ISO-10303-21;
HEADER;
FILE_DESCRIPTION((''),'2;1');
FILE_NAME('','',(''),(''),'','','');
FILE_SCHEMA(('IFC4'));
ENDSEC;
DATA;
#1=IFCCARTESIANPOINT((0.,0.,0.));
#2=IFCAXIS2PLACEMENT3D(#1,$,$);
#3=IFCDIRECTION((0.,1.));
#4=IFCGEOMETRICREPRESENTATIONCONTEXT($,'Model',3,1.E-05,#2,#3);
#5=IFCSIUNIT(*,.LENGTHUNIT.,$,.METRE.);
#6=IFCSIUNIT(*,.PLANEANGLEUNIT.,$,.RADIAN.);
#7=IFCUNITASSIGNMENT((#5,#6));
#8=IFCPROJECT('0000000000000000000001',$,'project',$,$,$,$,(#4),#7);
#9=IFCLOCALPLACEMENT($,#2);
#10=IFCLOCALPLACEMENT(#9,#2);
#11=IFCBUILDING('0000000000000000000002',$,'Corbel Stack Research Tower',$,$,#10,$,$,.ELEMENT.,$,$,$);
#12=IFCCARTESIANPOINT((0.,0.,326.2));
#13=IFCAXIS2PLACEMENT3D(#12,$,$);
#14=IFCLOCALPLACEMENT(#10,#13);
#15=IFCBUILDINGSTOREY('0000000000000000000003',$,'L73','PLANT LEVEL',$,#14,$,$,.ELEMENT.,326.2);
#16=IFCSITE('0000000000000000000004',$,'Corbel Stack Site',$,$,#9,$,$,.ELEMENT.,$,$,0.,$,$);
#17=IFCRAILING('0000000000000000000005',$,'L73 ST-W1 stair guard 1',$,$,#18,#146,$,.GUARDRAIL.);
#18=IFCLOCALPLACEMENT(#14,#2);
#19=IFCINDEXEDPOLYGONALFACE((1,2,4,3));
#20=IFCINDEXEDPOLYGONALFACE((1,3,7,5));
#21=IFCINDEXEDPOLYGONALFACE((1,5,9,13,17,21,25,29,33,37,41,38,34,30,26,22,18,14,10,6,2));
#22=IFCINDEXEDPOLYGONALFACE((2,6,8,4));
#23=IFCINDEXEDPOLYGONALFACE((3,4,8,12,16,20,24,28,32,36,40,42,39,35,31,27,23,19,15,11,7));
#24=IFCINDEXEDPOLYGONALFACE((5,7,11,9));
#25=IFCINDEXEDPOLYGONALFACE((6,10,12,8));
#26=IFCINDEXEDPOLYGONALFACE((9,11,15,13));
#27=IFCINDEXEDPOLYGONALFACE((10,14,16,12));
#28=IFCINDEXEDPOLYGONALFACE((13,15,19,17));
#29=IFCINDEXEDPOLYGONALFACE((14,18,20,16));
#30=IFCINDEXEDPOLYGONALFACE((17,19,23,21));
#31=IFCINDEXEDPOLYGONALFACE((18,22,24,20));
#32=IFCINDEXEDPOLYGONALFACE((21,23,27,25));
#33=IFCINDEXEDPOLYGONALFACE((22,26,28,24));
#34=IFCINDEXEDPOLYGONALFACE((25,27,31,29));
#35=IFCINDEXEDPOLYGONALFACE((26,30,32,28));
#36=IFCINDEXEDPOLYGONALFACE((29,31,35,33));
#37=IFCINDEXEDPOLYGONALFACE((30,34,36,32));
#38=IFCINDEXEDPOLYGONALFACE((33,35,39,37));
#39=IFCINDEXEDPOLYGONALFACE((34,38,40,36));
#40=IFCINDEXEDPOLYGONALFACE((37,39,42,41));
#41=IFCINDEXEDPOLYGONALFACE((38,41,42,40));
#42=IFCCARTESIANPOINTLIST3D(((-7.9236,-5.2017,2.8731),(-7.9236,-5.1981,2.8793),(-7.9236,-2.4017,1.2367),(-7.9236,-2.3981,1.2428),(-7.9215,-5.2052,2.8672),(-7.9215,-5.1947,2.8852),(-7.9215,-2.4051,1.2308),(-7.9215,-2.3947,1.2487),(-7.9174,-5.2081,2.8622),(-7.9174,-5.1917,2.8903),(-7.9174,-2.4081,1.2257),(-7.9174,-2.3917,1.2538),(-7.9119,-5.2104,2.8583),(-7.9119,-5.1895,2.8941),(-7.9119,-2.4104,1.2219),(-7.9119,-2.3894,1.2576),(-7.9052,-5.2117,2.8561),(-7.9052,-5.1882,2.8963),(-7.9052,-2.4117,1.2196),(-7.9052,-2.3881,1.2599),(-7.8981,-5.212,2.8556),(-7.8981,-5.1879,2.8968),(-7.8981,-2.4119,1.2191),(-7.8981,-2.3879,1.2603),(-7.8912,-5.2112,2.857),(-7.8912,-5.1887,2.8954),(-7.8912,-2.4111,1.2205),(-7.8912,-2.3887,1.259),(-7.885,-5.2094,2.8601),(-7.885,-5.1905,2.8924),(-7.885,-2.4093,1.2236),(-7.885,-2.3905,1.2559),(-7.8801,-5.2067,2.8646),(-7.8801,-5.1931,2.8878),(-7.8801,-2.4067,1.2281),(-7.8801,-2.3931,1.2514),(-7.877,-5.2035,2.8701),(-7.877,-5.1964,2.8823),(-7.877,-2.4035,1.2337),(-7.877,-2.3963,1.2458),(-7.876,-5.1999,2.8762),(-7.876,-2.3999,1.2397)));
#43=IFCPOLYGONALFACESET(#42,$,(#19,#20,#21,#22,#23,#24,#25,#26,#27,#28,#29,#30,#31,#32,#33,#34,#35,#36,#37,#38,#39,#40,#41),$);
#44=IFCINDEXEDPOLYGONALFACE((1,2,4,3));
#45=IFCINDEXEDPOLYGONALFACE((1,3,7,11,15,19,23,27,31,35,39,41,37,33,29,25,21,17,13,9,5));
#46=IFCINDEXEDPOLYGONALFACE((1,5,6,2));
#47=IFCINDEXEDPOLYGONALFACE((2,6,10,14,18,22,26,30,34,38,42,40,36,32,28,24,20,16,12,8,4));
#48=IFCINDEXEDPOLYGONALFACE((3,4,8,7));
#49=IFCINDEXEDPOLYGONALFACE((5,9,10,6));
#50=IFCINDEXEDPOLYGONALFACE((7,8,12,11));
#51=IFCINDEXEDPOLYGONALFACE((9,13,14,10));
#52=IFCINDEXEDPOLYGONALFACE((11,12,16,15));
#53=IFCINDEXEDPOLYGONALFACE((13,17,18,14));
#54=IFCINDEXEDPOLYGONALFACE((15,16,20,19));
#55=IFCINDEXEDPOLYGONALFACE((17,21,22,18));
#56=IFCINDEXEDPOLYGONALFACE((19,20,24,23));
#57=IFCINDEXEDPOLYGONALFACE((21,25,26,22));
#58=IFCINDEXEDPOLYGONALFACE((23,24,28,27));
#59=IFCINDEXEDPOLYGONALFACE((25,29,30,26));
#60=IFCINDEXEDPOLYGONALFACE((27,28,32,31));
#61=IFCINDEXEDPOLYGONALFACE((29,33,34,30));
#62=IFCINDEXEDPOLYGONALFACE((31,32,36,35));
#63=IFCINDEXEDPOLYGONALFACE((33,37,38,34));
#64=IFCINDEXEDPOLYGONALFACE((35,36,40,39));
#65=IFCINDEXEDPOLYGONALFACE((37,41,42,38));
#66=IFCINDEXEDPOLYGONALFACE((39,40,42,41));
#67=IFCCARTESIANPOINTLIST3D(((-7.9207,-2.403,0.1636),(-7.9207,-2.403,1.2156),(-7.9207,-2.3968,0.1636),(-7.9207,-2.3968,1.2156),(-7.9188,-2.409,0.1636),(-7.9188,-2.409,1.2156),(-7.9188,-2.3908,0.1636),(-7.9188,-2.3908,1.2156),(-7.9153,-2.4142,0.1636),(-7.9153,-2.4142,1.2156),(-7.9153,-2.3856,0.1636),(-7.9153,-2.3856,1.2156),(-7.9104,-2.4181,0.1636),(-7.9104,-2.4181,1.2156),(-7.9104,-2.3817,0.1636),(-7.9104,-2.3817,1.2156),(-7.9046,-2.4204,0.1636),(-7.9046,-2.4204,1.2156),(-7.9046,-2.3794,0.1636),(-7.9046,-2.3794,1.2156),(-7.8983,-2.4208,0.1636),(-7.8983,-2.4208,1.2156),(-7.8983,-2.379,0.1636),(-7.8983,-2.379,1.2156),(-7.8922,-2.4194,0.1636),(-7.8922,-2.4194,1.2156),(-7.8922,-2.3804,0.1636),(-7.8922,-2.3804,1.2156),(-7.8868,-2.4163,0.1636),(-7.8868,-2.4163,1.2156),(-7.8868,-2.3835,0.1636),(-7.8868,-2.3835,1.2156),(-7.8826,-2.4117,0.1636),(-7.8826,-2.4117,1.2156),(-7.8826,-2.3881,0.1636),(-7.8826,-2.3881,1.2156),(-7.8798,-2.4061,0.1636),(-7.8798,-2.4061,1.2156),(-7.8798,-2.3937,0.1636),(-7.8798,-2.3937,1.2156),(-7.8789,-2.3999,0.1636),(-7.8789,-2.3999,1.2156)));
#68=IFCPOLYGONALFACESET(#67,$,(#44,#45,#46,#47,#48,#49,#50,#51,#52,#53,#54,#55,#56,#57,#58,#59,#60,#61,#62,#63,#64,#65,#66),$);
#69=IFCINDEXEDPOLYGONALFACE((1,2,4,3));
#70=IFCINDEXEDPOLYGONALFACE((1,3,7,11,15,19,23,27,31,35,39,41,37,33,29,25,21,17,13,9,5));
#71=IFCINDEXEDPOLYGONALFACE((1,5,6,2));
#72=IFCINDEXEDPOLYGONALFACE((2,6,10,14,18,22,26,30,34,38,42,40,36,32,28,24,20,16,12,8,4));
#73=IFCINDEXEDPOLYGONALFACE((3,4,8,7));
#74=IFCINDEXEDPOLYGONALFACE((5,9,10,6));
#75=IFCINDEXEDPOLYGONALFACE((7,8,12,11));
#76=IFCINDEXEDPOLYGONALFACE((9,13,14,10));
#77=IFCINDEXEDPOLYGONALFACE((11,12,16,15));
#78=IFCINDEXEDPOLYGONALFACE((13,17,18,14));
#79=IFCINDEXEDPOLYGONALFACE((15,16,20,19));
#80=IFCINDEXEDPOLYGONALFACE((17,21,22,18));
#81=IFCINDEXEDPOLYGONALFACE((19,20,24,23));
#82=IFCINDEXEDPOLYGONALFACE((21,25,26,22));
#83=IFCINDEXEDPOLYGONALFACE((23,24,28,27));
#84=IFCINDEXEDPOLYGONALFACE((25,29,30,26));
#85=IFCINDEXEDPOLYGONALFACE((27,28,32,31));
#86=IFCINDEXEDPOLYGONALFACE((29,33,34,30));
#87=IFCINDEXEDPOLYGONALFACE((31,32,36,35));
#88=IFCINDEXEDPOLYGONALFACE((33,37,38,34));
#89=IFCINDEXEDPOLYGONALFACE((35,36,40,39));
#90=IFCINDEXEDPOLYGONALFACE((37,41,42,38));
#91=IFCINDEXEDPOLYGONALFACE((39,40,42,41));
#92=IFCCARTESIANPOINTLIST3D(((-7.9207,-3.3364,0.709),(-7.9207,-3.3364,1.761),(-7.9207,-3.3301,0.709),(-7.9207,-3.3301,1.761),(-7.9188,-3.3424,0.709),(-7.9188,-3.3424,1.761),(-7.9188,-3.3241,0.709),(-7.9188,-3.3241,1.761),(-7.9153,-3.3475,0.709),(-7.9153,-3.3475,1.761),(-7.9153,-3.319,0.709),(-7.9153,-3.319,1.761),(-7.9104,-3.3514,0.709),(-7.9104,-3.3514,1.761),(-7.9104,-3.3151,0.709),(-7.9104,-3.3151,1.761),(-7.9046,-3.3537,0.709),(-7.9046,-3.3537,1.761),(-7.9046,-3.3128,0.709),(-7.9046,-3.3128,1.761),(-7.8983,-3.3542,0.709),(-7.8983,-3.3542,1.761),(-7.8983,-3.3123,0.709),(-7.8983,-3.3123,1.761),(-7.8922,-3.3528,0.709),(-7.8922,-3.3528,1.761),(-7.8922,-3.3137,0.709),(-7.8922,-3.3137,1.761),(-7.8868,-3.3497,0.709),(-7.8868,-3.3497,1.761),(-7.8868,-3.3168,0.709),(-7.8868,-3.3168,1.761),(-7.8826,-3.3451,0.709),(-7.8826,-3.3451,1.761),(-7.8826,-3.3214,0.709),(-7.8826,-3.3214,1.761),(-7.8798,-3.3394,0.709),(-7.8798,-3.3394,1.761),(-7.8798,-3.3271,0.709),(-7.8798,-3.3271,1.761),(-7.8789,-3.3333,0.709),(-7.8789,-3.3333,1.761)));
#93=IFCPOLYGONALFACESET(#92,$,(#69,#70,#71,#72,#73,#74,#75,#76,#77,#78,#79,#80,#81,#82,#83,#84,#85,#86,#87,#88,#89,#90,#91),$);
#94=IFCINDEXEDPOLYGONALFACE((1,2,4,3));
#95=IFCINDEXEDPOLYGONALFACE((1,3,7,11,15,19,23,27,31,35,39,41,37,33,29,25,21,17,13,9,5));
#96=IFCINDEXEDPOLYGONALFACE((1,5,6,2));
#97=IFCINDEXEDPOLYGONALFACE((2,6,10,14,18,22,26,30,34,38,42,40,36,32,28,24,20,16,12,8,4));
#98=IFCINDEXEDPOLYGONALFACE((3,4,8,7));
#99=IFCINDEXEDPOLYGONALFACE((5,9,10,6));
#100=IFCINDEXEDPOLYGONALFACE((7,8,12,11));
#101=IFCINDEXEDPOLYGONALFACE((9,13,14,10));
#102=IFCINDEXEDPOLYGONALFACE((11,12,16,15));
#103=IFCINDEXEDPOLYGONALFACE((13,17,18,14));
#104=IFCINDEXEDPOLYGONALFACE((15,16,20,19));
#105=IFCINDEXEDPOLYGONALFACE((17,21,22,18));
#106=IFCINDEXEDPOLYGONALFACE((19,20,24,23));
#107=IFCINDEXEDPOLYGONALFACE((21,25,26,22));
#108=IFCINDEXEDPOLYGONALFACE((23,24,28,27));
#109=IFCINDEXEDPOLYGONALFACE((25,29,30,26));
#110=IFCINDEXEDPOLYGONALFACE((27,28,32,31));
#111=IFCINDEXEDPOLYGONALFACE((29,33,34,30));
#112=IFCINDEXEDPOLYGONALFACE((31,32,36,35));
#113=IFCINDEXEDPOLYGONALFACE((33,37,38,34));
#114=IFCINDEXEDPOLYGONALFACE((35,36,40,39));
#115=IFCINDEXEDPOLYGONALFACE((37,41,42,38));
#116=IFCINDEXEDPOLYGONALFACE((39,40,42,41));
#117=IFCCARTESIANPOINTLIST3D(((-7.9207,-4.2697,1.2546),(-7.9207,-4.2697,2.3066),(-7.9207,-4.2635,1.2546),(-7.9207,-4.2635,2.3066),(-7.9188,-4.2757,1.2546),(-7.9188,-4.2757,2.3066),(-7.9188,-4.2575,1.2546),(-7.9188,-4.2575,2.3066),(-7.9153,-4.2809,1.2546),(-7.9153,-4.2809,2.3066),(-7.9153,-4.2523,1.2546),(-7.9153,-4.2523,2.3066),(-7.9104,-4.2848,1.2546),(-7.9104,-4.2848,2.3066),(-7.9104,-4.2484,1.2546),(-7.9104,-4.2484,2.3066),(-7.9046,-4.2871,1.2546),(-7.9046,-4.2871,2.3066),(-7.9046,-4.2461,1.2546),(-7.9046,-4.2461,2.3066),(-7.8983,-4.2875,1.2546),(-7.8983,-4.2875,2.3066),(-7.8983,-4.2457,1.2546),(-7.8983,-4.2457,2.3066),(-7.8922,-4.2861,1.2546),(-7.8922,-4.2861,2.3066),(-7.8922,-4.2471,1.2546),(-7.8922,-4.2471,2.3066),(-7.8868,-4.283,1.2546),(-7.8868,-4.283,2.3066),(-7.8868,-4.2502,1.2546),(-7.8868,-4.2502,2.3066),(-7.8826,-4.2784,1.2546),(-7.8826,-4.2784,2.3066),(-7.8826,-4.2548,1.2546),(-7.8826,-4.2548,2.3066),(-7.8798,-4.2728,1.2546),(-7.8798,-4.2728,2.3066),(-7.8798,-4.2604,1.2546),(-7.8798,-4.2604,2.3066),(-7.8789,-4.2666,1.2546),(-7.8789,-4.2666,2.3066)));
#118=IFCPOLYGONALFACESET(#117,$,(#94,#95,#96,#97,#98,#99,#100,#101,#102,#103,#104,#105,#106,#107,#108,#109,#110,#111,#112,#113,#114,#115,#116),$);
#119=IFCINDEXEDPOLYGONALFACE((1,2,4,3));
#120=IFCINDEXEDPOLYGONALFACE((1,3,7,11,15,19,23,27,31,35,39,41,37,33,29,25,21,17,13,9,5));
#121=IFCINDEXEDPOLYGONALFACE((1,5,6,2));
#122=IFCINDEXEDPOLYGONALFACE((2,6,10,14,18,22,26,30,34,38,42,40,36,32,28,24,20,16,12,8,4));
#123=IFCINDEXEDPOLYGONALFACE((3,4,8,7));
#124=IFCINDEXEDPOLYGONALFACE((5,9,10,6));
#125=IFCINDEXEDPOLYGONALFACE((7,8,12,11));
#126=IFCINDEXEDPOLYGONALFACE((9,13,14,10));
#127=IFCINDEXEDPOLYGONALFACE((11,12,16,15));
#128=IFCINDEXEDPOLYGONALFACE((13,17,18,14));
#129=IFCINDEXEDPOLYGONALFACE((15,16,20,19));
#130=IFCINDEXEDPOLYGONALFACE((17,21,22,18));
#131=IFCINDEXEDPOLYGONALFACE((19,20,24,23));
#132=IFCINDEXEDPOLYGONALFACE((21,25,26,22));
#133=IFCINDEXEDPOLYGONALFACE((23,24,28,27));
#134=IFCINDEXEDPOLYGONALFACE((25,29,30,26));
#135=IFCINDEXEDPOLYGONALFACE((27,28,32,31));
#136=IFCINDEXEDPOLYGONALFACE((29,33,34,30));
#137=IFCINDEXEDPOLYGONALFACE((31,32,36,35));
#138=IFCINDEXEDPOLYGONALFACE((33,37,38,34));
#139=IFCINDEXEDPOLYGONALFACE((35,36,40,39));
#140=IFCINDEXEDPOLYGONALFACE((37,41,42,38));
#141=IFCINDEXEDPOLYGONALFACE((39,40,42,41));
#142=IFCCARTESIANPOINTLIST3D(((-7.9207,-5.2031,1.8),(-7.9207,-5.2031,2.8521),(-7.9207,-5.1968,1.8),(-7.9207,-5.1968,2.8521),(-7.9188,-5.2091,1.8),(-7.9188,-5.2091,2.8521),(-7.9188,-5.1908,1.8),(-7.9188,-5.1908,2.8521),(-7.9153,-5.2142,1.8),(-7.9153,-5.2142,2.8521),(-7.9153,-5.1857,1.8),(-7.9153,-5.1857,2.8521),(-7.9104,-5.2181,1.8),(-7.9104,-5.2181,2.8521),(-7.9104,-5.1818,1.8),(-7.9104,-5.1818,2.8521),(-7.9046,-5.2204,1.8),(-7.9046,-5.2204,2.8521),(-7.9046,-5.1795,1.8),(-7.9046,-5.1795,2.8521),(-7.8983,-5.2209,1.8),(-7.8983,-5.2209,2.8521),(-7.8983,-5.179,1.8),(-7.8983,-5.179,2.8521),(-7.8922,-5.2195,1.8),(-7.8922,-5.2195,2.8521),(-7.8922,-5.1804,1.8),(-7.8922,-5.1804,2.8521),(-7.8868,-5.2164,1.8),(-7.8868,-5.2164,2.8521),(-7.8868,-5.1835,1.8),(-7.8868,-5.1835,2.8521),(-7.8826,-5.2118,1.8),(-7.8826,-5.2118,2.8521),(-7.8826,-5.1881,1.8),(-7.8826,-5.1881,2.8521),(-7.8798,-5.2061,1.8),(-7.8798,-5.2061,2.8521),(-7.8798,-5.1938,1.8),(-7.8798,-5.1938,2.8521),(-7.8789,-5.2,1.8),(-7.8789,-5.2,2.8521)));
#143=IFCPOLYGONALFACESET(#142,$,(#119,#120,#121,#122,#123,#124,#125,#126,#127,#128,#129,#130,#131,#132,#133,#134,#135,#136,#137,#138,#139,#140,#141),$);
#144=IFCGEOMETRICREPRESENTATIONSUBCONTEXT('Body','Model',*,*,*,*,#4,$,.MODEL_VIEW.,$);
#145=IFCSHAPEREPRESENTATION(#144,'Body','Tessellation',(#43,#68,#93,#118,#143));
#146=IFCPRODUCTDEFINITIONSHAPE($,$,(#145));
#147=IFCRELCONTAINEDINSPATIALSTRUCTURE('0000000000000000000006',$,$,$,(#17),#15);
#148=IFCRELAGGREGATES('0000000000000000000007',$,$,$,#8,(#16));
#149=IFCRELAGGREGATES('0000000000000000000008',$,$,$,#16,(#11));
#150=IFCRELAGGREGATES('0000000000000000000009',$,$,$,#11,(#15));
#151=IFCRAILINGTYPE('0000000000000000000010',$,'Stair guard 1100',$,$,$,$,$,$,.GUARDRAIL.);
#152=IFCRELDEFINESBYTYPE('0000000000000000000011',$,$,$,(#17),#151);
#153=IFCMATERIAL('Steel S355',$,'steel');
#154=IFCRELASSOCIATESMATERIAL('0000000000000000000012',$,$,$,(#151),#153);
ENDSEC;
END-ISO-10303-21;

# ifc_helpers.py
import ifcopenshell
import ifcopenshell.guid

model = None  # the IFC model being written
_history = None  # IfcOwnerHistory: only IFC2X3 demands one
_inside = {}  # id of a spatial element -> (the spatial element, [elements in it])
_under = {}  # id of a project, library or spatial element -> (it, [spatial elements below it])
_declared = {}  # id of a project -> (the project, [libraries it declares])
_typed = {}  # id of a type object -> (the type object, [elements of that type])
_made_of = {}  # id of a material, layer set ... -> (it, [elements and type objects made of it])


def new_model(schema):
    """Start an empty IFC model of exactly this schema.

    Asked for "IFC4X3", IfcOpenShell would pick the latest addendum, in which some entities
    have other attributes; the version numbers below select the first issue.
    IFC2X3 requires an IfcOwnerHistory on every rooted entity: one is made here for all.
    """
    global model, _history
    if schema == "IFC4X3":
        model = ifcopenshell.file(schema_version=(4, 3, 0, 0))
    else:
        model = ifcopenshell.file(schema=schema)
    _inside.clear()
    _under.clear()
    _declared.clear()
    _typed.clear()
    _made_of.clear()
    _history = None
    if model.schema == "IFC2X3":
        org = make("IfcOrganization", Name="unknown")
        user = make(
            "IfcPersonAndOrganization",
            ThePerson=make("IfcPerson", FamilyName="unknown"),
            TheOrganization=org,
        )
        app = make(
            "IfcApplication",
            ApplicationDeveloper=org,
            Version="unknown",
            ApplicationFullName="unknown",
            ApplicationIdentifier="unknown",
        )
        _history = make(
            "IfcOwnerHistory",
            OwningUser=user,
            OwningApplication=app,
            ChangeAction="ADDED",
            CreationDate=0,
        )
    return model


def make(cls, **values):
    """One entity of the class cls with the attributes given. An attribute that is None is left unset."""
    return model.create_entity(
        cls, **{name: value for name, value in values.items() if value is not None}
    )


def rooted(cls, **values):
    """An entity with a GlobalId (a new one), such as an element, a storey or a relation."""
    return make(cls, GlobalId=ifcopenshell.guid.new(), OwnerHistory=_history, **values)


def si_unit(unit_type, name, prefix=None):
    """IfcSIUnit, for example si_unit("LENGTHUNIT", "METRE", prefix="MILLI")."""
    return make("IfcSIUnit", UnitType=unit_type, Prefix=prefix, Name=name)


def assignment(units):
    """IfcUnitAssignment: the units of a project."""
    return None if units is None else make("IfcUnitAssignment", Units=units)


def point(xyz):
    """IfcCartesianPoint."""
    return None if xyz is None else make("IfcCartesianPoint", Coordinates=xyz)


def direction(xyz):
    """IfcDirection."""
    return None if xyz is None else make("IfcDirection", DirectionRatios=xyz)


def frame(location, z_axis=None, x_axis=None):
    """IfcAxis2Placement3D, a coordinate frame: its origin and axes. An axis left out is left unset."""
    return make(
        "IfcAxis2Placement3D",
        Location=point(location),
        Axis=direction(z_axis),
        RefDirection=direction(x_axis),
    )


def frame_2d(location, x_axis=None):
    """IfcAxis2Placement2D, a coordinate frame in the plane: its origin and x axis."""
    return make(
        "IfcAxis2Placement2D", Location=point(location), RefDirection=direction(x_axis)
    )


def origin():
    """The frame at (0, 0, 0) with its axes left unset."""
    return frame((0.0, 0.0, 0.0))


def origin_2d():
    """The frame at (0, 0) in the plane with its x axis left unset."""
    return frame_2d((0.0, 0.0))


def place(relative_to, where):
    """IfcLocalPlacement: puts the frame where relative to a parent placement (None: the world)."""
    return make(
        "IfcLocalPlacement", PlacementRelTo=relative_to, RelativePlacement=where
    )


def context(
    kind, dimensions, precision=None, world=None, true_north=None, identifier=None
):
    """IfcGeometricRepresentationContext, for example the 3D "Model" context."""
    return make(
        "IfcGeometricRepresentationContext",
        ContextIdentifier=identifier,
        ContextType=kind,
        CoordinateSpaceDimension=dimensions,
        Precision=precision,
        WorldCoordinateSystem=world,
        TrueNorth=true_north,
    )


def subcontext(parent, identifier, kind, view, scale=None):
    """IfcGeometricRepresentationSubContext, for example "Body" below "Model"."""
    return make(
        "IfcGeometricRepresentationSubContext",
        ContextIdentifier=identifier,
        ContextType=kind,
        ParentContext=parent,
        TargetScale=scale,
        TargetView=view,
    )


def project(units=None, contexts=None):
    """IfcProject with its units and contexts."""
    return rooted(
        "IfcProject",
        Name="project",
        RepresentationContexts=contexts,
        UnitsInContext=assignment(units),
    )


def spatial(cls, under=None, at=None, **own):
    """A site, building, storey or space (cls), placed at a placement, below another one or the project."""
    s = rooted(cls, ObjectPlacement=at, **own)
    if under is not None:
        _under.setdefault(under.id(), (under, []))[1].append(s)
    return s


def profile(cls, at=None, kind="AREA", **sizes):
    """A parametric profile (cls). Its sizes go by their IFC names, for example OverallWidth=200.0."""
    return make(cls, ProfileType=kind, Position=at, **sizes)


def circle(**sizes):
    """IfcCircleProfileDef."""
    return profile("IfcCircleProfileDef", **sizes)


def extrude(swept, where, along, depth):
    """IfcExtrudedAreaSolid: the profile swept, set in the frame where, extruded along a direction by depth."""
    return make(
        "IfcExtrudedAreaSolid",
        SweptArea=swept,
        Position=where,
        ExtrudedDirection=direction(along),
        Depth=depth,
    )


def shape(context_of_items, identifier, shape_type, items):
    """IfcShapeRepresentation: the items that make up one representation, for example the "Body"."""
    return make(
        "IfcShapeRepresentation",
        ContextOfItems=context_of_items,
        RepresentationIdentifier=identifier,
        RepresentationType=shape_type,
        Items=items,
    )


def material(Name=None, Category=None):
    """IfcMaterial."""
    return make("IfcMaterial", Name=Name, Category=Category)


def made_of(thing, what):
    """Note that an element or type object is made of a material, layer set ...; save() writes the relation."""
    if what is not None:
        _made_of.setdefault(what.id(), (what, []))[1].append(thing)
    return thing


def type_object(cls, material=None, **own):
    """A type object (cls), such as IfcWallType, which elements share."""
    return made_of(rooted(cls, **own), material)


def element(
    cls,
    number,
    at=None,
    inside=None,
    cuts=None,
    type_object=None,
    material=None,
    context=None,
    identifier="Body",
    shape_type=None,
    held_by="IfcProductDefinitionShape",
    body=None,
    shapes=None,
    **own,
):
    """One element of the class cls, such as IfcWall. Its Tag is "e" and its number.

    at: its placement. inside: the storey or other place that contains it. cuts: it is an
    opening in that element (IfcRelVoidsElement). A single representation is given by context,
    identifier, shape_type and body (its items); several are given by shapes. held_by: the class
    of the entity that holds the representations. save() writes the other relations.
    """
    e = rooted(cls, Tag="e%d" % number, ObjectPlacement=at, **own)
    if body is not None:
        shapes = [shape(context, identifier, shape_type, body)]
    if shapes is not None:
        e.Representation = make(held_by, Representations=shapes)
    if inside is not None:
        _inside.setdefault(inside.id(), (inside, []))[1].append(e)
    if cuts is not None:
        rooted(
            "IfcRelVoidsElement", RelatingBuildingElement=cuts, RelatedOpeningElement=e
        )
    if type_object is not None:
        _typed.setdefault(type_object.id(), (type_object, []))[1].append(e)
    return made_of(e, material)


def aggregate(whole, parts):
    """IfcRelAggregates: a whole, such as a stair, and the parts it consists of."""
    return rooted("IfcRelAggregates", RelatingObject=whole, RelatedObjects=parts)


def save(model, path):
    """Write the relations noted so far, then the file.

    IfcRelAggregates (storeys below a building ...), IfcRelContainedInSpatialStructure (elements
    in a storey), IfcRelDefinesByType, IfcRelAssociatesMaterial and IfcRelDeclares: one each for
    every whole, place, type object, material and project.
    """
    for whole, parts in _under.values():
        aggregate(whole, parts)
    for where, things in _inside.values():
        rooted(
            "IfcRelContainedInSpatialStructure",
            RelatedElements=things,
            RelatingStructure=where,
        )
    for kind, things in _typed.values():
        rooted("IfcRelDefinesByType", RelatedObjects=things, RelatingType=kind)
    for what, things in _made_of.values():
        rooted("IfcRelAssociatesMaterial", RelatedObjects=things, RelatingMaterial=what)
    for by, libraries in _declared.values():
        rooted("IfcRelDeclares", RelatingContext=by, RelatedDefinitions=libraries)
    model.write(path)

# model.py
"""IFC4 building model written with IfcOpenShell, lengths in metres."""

from ifc_helpers import new_model, si_unit, direction, frame, origin, origin_2d, place, context, subcontext, project, spatial, circle, extrude, material, type_object, element, save


model = new_model("IFC4")

# Units and contexts
model_context = context("Model", 3, precision=1e-05, world=origin(), true_north=direction((0.0, 1.0)))
body_context = subcontext(model_context, "Body", "Model", "MODEL_VIEW")
ifc_project = project(units=[si_unit("LENGTHUNIT", "METRE"), si_unit("PLANEANGLEUNIT", "RADIAN")], contexts=[model_context])

# Site, building, storey
site_placement = place(None, origin())
site = spatial("IfcSite", under=ifc_project, at=site_placement, Name="Corbel Stack Site", CompositionType="ELEMENT", RefElevation=0.0)
building_placement = place(site_placement, origin())
building = spatial("IfcBuilding", under=site, at=building_placement, Name="Corbel Stack Research Tower", CompositionType="ELEMENT")
storey_placement = place(building_placement, frame((0.0, 0.0, 326.2)))
storey = spatial("IfcBuildingStorey", under=building, at=storey_placement, Name="L73", Description="PLANT LEVEL", CompositionType="ELEMENT", Elevation=326.2)

# Railing
ifc_material_1 = material(Name="Steel S355", Category="steel")
railing_type_1 = type_object("IfcRailingType", Name="Stair guard 1100", PredefinedType="GUARDRAIL", material=ifc_material_1)
railing_1_placement = place(storey_placement, frame((-7.8999, -2.3999, 0.1636)))
element("IfcRailing", 1, at=railing_1_placement, inside=storey, type_object=railing_type_1, Name="L73 ST-W1 stair guard 1", PredefinedType="GUARDRAIL", context=body_context, shape_type="SweptSolid", body=[
    extrude(circle(Radius=0.0239, at=origin_2d()), frame((0.0, 0.0, 1.0762), z_axis=(0.0, -0.863361, 0.504587), x_axis=(1.0, 0.0, 0.0)), (0.0, 0.0, 1.0), 3.2432),
    extrude(circle(Radius=0.021, at=origin_2d()), origin(), (0.0, 0.0, 1.0), 1.052),
    extrude(circle(Radius=0.021, at=origin_2d()), frame((0.0, -0.9333, 0.5454)), (0.0, 0.0, 1.0), 1.052),
    extrude(circle(Radius=0.021, at=origin_2d()), frame((0.0, -1.8667, 1.0911)), (0.0, 0.0, 1.0), 1.052),
    extrude(circle(Radius=0.021, at=origin_2d()), frame((0.0, -2.8, 1.6365)), (0.0, 0.0, 1.0), 1.052),
])

save(model, "model.ifc")
